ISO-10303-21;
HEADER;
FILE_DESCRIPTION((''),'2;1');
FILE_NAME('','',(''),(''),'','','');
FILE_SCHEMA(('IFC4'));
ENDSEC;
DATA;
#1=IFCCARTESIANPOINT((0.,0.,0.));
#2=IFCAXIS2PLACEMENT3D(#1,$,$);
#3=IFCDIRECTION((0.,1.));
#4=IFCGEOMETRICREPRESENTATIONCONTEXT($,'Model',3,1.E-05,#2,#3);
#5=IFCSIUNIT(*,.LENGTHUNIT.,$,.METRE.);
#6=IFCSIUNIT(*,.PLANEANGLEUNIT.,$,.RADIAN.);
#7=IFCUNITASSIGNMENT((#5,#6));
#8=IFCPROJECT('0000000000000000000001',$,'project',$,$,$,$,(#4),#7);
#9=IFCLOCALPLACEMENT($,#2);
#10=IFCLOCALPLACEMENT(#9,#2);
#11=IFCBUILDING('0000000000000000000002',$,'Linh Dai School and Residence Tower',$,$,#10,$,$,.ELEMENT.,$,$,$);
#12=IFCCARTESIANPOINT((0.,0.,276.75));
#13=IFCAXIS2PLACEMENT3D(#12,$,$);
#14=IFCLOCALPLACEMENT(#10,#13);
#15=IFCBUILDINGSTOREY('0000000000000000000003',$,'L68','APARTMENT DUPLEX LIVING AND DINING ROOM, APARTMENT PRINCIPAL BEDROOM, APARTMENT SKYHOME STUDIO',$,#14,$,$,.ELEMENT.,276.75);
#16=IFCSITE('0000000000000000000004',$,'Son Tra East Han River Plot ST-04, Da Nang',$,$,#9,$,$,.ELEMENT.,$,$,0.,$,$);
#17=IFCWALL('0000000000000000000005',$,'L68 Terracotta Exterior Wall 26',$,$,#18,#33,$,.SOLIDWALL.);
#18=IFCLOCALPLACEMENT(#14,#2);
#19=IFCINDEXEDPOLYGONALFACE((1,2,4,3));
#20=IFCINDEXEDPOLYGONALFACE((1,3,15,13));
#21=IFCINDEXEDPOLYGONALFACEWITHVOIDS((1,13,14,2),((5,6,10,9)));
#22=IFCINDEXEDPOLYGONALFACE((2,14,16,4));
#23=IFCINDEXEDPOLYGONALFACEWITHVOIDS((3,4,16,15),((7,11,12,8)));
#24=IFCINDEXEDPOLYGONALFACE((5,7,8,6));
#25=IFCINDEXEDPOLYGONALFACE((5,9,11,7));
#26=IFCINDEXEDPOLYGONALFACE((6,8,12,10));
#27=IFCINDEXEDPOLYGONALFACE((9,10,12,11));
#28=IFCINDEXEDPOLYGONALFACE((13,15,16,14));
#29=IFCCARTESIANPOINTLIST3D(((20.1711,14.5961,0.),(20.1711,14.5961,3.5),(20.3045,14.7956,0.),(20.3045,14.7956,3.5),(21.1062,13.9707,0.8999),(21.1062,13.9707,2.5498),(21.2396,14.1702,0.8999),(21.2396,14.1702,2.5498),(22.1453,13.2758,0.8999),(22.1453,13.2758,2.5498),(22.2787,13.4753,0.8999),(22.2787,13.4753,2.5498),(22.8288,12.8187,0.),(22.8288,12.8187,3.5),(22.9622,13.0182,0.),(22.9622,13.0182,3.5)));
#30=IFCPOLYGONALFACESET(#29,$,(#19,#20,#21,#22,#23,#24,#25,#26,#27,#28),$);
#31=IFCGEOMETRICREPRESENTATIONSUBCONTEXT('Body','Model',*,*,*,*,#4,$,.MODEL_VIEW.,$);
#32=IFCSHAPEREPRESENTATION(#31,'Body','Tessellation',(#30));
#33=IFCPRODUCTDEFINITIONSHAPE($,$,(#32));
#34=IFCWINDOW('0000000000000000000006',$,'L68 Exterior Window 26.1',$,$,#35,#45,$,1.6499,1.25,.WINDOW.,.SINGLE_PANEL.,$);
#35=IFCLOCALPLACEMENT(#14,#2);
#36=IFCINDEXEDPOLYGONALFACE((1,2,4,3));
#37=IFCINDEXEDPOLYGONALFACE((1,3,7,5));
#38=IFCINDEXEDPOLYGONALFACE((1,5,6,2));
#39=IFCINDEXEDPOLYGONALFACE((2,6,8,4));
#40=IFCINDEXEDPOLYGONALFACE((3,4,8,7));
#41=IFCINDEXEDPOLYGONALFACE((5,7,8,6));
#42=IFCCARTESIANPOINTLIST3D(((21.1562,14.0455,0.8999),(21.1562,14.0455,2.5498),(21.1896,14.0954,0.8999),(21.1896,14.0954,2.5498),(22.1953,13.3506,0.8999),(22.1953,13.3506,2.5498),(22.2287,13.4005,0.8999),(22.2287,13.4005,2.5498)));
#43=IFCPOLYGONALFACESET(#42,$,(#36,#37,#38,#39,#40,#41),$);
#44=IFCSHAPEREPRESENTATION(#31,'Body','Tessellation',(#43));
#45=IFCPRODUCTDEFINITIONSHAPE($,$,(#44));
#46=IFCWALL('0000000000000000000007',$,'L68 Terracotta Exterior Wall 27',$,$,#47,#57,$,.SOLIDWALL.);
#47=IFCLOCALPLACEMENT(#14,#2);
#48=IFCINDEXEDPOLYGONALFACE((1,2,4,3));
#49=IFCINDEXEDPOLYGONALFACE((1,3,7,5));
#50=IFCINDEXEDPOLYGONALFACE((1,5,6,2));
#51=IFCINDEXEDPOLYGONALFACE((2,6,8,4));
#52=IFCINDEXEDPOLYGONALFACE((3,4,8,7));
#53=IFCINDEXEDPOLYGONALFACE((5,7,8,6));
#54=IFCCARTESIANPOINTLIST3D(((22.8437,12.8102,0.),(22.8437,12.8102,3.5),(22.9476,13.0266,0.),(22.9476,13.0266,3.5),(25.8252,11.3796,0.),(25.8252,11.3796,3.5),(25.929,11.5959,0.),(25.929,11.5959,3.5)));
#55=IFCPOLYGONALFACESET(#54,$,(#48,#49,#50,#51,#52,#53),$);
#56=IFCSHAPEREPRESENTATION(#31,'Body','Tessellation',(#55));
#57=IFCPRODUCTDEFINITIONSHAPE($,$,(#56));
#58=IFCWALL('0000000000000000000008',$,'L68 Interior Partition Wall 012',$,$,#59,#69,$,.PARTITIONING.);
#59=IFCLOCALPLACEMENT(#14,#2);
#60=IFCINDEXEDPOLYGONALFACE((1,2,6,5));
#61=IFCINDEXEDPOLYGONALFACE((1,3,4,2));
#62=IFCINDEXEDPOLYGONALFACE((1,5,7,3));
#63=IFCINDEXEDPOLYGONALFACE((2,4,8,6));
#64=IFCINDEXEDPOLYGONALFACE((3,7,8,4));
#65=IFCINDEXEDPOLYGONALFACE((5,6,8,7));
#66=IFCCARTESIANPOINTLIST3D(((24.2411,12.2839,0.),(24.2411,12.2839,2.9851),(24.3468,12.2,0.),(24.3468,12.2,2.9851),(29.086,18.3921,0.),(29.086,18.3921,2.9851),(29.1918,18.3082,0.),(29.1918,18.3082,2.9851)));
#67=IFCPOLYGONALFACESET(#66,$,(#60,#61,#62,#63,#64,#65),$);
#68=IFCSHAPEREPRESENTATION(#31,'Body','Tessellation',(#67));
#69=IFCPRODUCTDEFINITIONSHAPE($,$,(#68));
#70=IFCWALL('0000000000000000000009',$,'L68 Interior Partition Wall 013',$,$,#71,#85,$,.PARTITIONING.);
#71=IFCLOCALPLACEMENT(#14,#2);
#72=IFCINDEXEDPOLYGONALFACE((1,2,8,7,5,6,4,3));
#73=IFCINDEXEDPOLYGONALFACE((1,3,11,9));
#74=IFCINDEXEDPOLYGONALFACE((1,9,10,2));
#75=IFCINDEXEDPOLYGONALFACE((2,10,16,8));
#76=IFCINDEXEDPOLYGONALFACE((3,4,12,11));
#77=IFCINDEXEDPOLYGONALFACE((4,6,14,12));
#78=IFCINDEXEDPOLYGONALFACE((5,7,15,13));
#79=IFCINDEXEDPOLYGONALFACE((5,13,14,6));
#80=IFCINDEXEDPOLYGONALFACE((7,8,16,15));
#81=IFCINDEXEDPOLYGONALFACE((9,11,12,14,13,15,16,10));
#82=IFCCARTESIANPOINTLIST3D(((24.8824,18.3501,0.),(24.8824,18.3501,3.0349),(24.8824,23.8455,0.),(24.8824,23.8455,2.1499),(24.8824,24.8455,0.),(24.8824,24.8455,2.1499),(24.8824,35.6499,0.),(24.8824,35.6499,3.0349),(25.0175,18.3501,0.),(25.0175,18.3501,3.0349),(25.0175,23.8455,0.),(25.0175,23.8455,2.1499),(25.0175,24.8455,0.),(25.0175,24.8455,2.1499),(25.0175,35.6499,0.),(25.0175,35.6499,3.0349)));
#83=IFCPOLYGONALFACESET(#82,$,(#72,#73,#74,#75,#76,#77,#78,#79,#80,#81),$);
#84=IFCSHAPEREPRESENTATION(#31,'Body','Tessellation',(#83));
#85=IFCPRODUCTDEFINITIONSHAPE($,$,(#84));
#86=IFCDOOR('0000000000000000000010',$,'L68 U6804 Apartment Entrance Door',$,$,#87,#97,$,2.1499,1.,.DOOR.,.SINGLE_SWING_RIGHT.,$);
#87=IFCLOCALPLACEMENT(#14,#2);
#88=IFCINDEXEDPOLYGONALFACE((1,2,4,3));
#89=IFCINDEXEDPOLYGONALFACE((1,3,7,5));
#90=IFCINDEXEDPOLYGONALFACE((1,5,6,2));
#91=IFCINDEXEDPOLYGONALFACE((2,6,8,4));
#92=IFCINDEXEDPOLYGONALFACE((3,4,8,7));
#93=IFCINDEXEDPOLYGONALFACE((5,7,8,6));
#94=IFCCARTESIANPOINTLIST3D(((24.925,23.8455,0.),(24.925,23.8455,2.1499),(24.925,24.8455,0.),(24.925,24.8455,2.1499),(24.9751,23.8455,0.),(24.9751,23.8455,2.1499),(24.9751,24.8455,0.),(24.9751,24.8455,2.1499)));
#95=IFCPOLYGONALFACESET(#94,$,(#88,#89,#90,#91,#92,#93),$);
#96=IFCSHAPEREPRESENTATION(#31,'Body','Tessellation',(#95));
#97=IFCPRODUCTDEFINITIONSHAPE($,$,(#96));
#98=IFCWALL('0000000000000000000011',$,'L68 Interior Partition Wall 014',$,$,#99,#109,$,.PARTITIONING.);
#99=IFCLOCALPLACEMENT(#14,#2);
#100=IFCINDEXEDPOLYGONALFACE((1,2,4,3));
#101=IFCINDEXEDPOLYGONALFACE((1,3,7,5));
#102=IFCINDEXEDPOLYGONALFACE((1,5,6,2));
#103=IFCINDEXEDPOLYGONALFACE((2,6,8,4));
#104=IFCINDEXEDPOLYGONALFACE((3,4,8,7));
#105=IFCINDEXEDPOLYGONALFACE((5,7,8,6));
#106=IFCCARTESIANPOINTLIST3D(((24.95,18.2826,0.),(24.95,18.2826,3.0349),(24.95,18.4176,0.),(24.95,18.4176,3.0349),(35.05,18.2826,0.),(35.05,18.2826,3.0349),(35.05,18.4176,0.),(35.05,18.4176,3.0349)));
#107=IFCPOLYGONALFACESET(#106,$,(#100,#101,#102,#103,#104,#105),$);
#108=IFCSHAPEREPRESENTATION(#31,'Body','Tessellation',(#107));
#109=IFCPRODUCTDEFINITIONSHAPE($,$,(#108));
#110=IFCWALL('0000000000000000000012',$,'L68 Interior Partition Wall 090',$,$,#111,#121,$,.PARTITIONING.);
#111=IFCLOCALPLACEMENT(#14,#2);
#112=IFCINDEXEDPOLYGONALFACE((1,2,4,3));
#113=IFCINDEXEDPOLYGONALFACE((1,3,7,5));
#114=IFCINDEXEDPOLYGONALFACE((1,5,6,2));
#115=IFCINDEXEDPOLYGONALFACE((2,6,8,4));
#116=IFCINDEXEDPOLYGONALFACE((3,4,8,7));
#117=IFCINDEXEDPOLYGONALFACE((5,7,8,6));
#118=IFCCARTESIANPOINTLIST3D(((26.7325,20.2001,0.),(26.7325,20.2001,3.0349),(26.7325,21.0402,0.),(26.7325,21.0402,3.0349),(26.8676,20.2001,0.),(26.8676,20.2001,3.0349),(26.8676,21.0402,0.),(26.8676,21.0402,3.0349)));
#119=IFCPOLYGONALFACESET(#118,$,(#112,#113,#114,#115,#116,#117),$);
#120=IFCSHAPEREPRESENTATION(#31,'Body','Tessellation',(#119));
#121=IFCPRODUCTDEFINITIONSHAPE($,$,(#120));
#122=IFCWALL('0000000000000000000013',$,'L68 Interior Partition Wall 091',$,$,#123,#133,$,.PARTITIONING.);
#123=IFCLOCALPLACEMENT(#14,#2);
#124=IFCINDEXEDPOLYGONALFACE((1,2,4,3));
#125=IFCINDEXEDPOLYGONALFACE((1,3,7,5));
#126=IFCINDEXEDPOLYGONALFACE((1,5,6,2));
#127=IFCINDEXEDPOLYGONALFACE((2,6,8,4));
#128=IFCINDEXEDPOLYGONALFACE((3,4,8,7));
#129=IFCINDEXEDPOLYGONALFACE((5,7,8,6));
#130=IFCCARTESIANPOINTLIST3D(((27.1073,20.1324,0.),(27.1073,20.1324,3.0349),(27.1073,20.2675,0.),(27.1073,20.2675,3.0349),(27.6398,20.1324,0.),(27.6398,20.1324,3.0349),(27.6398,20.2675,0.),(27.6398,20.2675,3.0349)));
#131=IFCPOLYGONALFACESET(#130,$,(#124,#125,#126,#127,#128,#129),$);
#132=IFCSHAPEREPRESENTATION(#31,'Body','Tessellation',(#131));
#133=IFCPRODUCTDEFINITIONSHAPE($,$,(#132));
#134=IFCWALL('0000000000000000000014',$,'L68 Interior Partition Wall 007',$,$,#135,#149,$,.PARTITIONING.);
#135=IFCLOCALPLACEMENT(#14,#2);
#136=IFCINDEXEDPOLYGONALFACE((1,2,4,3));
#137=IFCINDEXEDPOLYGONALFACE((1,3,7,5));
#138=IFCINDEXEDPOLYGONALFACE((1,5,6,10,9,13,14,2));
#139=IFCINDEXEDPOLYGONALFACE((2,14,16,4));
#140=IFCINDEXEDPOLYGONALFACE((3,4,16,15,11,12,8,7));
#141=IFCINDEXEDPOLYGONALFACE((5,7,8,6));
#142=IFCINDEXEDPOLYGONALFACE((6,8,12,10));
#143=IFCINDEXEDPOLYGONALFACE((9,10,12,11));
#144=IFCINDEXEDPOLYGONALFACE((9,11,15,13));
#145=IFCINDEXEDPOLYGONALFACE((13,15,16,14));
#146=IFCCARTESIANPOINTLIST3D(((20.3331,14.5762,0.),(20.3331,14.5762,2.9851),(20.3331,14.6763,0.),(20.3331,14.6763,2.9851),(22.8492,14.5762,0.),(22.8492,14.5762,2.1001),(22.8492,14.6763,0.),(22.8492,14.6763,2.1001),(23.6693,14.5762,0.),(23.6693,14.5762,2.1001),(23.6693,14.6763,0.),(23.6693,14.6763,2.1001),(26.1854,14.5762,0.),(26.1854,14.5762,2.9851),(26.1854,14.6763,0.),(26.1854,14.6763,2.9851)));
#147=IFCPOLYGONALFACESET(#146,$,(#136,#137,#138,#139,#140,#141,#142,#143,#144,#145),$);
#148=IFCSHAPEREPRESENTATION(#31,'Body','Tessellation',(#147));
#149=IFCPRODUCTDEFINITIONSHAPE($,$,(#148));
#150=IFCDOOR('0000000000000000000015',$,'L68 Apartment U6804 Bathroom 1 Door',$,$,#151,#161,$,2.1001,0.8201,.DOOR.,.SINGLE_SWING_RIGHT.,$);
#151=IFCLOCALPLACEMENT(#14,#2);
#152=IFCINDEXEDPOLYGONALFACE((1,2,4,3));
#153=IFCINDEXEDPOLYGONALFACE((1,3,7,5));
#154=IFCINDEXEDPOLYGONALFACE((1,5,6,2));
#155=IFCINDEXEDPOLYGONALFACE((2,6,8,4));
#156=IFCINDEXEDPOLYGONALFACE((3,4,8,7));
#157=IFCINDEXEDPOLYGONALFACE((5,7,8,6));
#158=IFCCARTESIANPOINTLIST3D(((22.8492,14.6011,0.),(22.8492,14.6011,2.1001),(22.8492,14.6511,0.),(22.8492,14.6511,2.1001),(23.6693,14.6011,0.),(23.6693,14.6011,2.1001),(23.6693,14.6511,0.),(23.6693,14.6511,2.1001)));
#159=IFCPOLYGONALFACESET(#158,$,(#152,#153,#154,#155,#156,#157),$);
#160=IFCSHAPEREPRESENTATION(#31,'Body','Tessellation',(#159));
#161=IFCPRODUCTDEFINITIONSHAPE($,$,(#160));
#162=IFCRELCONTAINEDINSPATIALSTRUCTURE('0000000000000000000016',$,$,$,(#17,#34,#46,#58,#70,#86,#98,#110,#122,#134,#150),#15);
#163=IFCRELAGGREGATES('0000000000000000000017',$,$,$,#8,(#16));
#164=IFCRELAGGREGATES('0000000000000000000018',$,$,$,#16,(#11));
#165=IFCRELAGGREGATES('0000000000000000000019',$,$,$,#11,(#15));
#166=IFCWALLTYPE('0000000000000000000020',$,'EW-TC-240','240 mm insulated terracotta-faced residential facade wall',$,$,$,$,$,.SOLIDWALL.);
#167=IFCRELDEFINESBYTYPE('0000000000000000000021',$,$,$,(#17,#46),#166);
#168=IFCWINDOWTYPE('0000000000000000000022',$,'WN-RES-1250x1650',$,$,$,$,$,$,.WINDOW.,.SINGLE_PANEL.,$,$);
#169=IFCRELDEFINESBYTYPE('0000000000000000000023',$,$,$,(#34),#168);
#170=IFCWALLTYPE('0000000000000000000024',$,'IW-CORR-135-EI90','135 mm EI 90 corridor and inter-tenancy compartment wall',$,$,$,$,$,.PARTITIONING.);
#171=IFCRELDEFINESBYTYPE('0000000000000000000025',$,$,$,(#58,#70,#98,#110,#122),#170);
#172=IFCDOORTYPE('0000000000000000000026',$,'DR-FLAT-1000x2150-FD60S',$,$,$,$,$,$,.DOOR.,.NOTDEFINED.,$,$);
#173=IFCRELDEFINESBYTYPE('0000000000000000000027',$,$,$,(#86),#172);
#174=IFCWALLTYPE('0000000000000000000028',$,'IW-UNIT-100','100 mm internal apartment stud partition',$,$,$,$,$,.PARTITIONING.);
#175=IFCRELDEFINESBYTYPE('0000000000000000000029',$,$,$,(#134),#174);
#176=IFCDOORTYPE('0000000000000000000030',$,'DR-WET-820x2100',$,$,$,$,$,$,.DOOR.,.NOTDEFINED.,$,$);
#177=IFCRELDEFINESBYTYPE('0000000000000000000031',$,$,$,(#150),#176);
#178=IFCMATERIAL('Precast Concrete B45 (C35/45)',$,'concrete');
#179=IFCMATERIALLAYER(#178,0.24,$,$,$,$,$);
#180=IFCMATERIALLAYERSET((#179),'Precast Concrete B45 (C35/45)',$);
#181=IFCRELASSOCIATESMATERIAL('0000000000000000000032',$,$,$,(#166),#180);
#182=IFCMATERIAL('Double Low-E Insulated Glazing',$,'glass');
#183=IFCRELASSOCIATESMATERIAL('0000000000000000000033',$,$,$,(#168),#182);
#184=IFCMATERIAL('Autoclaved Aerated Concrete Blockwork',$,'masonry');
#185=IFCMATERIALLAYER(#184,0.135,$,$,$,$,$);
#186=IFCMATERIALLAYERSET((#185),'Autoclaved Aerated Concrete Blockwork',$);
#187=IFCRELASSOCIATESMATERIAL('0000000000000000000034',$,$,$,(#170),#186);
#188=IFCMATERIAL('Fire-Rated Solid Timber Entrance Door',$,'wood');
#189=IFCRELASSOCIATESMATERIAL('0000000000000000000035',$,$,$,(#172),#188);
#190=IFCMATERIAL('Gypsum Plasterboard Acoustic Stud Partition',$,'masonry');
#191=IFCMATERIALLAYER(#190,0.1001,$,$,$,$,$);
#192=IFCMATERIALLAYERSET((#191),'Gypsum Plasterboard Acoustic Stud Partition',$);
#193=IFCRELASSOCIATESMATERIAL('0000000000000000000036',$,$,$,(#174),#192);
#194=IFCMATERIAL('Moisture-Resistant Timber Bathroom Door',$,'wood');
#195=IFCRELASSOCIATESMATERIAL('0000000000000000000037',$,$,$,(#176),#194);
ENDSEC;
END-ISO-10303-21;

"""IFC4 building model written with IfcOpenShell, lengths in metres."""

from ifc_helpers import new_model, si_unit, direction, frame, frame_2d, origin, origin_2d, place, context, subcontext, project, spatial, rectangle, extrude, source, transform, mapped, material, layer, layer_set, type_object, element, fill, save


model = new_model("IFC4")

# Units and contexts
model_context = context("Model", 3, precision=1e-05, world=origin(), true_north=direction((0.0, 1.0)))
body_context = subcontext(model_context, "Body", "Model", "MODEL_VIEW")
ifc_project = project(units=[si_unit("LENGTHUNIT", "METRE"), si_unit("PLANEANGLEUNIT", "RADIAN")], contexts=[model_context])

# Site, building, storey
site_placement = place(None, origin())
site = spatial("IfcSite", under=ifc_project, at=site_placement, Name="Son Tra East Han River Plot ST-04, Da Nang", CompositionType="ELEMENT", RefElevation=0.0)
building_placement = place(site_placement, origin())
building = spatial("IfcBuilding", under=site, at=building_placement, Name="Linh Dai School and Residence Tower", CompositionType="ELEMENT")
storey_placement = place(building_placement, frame((0.0, 0.0, 276.75)))
storey = spatial("IfcBuildingStorey", under=building, at=storey_placement, Name="L68", Description="APARTMENT DUPLEX LIVING AND DINING ROOM, APARTMENT PRINCIPAL BEDROOM, APARTMENT SKYHOME STUDIO", CompositionType="ELEMENT", Elevation=276.75)

# Shared definitions
ifc_material_1 = material(Name="Precast Concrete B45 (C35/45)", Category="concrete")

# Shared definitions
ifc_layer_1 = layer(ifc_material_1, 0.24)
ifc_layer_set_1 = layer_set([ifc_layer_1], Name="Precast Concrete B45 (C35/45)")
wall_type_1 = type_object("IfcWallType", Name="EW-TC-240", Description="240 mm insulated terracotta-faced residential facade wall", PredefinedType="SOLIDWALL", material=ifc_layer_set_1)

# Wall, opening, window
wall_1_placement = place(storey_placement, frame((22.8955, 12.9185, 0.0), z_axis=(0.0, 0.0, 1.0), x_axis=(-0.831251, 0.555898, 0.0)))
wall_1 = element("IfcWall", 1, at=wall_1_placement, inside=storey, type_object=wall_type_1, Name="L68 Terracotta Exterior Wall 26", PredefinedType="SOLIDWALL", context=body_context, shape_type="SweptSolid", body=[
    extrude(rectangle(XDim=3.1973, YDim=0.24, at=frame_2d((1.5986, 0.0))), origin(), (0.0, 0.0, 1.0), 3.5),
])
opening_1_placement = place(wall_1_placement, frame((0.8223, 0.0, 0.8999)))
opening_1 = element("IfcOpeningElement", 2, at=opening_1_placement, cuts=wall_1, PredefinedType="OPENING", context=body_context, shape_type="SweptSolid", body=[
    extrude(rectangle(XDim=1.25, YDim=1.6499, at=origin_2d()), frame((0.625, 0.1299, 0.825), z_axis=(0.0, -1.0, 0.0), x_axis=(1.0, 0.0, 0.0)), (0.0, 0.0, 1.0), 0.26),
])
ifc_material_2 = material(Name="Double Low-E Insulated Glazing", Category="glass")
window_type = type_object("IfcWindowType", Name="WN-RES-1250x1650", PartitioningType="SINGLE_PANEL", PredefinedType="WINDOW", material=ifc_material_2)
shared_shape_1 = source(origin(), body_context, "Body", "SweptSolid", [
    extrude(rectangle(XDim=1.25, YDim=1.6499, at=origin_2d()), frame((0.625, 0.03, 0.825), z_axis=(0.0, -1.0, 0.0), x_axis=(1.0, 0.0, 0.0)), (0.0, 0.0, 1.0), 0.0601),
])
window_placement = place(opening_1_placement, origin())
window = element("IfcWindow", 3, at=window_placement, inside=storey, type_object=window_type, Name="L68 Exterior Window 26.1", OverallHeight=1.6499, OverallWidth=1.25, PartitioningType="SINGLE_PANEL", PredefinedType="WINDOW", context=body_context, shape_type="MappedRepresentation", body=[
    mapped(shared_shape_1, transform((0.0, 0.0, 0.0), x_axis=(1.0, 0.0, 0.0), y_axis=(0.0, 1.0, 0.0), z_axis=(0.0, 0.0, 1.0), scale=1.0)),
])
fill(opening_1, window)

# Walls
wall_2_placement = place(storey_placement, frame((25.877, 11.4878, 0.0), z_axis=(0.0, 0.0, 1.0), x_axis=(-0.901574, 0.432625, 0.0)))
element("IfcWall", 4, at=wall_2_placement, inside=storey, type_object=wall_type_1, Name="L68 Terracotta Exterior Wall 27", PredefinedType="SOLIDWALL", context=body_context, shape_type="SweptSolid", body=[
    extrude(rectangle(XDim=3.3069, YDim=0.24, at=frame_2d((1.6533, 0.0))), origin(), (0.0, 0.0, 1.0), 3.5),
])
ifc_material_3 = material(Name="Autoclaved Aerated Concrete Blockwork", Category="masonry")
ifc_layer_2 = layer(ifc_material_3, 0.135)
ifc_layer_set_2 = layer_set([ifc_layer_2], Name="Autoclaved Aerated Concrete Blockwork")
wall_type_2 = type_object("IfcWallType", Name="IW-CORR-135-EI90", Description="135 mm EI 90 corridor and inter-tenancy compartment wall", PredefinedType="PARTITIONING", material=ifc_layer_set_2)
wall_3_placement = place(storey_placement, frame((24.2939, 12.2419, 0.0), z_axis=(0.0, 0.0, 1.0), x_axis=(0.62144, 0.783462, 0.0)))
element("IfcWall", 5, at=wall_3_placement, inside=storey, type_object=wall_type_2, Name="L68 Interior Partition Wall 012", PredefinedType="PARTITIONING", context=body_context, shape_type="SweptSolid", body=[
    extrude(rectangle(XDim=7.7964, YDim=0.135, at=frame_2d((3.8982, 0.0))), origin(), (0.0, 0.0, 1.0), 2.9851),
])

# Wall, opening, door
wall_4_placement = place(storey_placement, frame((24.95, 18.3501, 0.0), z_axis=(0.0, 0.0, 1.0), x_axis=(0.0, 1.0, 0.0)))
wall_4 = element("IfcWall", 6, at=wall_4_placement, inside=storey, type_object=wall_type_2, Name="L68 Interior Partition Wall 013", PredefinedType="PARTITIONING", context=body_context, shape_type="SweptSolid", body=[
    extrude(rectangle(XDim=17.2998, YDim=0.135, at=frame_2d((8.6499, 0.0))), origin(), (0.0, 0.0, 1.0), 3.0349),
])
opening_2_placement = place(wall_4_placement, frame((5.4954, 0.0, 0.0)))
opening_2 = element("IfcOpeningElement", 7, at=opening_2_placement, cuts=wall_4, PredefinedType="OPENING", context=body_context, shape_type="SweptSolid", body=[
    extrude(rectangle(XDim=1.0, YDim=2.1499, at=origin_2d()), frame((0.5, 0.0776, 1.075), z_axis=(0.0, -1.0, 0.0), x_axis=(1.0, 0.0, 0.0)), (0.0, 0.0, 1.0), 0.155),
])
ifc_material_4 = material(Name="Fire-Rated Solid Timber Entrance Door", Category="wood")
door_type_1 = type_object("IfcDoorType", Name="DR-FLAT-1000x2150-FD60S", OperationType="NOTDEFINED", PredefinedType="DOOR", material=ifc_material_4)
shared_shape_2 = source(origin(), body_context, "Body", "SweptSolid", [
    extrude(rectangle(XDim=1.0, YDim=2.1499, at=origin_2d()), frame((0.5, 0.0249, 1.075), z_axis=(0.0, -1.0, 0.0), x_axis=(1.0, 0.0, 0.0)), (0.0, 0.0, 1.0), 0.05),
])
door_1_placement = place(opening_2_placement, origin())
door_1 = element("IfcDoor", 8, at=door_1_placement, inside=storey, type_object=door_type_1, Name="L68 U6804 Apartment Entrance Door", OperationType="SINGLE_SWING_RIGHT", OverallHeight=2.1499, OverallWidth=1.0, PredefinedType="DOOR", context=body_context, shape_type="MappedRepresentation", body=[
    mapped(shared_shape_2, transform((0.0, 0.0, 0.0), x_axis=(1.0, 0.0, 0.0), y_axis=(0.0, 1.0, 0.0), z_axis=(0.0, 0.0, 1.0), scale=1.0)),
])
fill(opening_2, door_1)

# Walls
wall_5_placement = place(storey_placement, frame((24.95, 18.3501, 0.0), z_axis=(0.0, 0.0, 1.0), x_axis=(1.0, 0.0, 0.0)))
element("IfcWall", 9, at=wall_5_placement, inside=storey, type_object=wall_type_2, Name="L68 Interior Partition Wall 014", PredefinedType="PARTITIONING", context=body_context, shape_type="SweptSolid", body=[
    extrude(rectangle(XDim=10.1001, YDim=0.135, at=frame_2d((5.05, 0.0))), origin(), (0.0, 0.0, 1.0), 3.0349),
])
wall_6_placement = place(storey_placement, frame((26.8, 21.04, 0.0), z_axis=(0.0, 0.0, 1.0), x_axis=(0.0, -1.0, 0.0)))
element("IfcWall", 10, at=wall_6_placement, inside=storey, type_object=wall_type_2, Name="L68 Interior Partition Wall 090", PredefinedType="PARTITIONING", context=body_context, shape_type="SweptSolid", body=[
    extrude(rectangle(XDim=0.8401, YDim=0.135, at=frame_2d((0.4199, 0.0))), origin(), (0.0, 0.0, 1.0), 3.0349),
])
wall_7_placement = place(storey_placement, frame((27.1074, 20.2, 0.0), z_axis=(0.0, 0.0, 1.0), x_axis=(1.0, 0.0, 0.0)))
element("IfcWall", 11, at=wall_7_placement, inside=storey, type_object=wall_type_2, Name="L68 Interior Partition Wall 091", PredefinedType="PARTITIONING", context=body_context, shape_type="SweptSolid", body=[
    extrude(rectangle(XDim=0.5325, YDim=0.135, at=frame_2d((0.2661, 0.0))), origin(), (0.0, 0.0, 1.0), 3.0349),
])

# Wall, opening, door
ifc_material_5 = material(Name="Gypsum Plasterboard Acoustic Stud Partition", Category="masonry")
ifc_layer_3 = layer(ifc_material_5, 0.1001)
ifc_layer_set_3 = layer_set([ifc_layer_3], Name="Gypsum Plasterboard Acoustic Stud Partition")
wall_type_3 = type_object("IfcWallType", Name="IW-UNIT-100", Description="100 mm internal apartment stud partition", PredefinedType="PARTITIONING", material=ifc_layer_set_3)
wall_8_placement = place(storey_placement, frame((20.333, 14.6262, 0.0), z_axis=(0.0, 0.0, 1.0), x_axis=(1.0, 0.0, 0.0)))
wall_8 = element("IfcWall", 12, at=wall_8_placement, inside=storey, type_object=wall_type_3, Name="L68 Interior Partition Wall 007", PredefinedType="PARTITIONING", context=body_context, shape_type="SweptSolid", body=[
    extrude(rectangle(XDim=5.8523, YDim=0.1001, at=frame_2d((2.9263, 0.0))), origin(), (0.0, 0.0, 1.0), 2.9851),
])
opening_3_placement = place(wall_8_placement, frame((2.5161, 0.0, 0.0)))
opening_3 = element("IfcOpeningElement", 13, at=opening_3_placement, cuts=wall_8, PredefinedType="OPENING", context=body_context, shape_type="SweptSolid", body=[
    extrude(rectangle(XDim=0.8201, YDim=2.1001, at=origin_2d()), frame((0.4102, 0.0601, 1.05), z_axis=(0.0, -1.0, 0.0), x_axis=(1.0, 0.0, 0.0)), (0.0, 0.0, 1.0), 0.1201),
])
ifc_material_6 = material(Name="Moisture-Resistant Timber Bathroom Door", Category="wood")
door_type_2 = type_object("IfcDoorType", Name="DR-WET-820x2100", OperationType="NOTDEFINED", PredefinedType="DOOR", material=ifc_material_6)
shared_shape_3 = source(origin(), body_context, "Body", "SweptSolid", [
    extrude(rectangle(XDim=0.8201, YDim=2.1001, at=origin_2d()), frame((0.4102, 0.0249, 1.05), z_axis=(0.0, -1.0, 0.0), x_axis=(1.0, 0.0, 0.0)), (0.0, 0.0, 1.0), 0.05),
])
door_2_placement = place(opening_3_placement, origin())
door_2 = element("IfcDoor", 14, at=door_2_placement, inside=storey, type_object=door_type_2, Name="L68 Apartment U6804 Bathroom 1 Door", OperationType="SINGLE_SWING_RIGHT", OverallHeight=2.1001, OverallWidth=0.8201, PredefinedType="DOOR", context=body_context, shape_type="MappedRepresentation", body=[
    mapped(shared_shape_3, transform((0.0, 0.0, 0.0), x_axis=(1.0, 0.0, 0.0), y_axis=(0.0, 1.0, 0.0), z_axis=(0.0, 0.0, 1.0), scale=1.0)),
])
fill(opening_3, door_2)

save(model, "model.ifc")
